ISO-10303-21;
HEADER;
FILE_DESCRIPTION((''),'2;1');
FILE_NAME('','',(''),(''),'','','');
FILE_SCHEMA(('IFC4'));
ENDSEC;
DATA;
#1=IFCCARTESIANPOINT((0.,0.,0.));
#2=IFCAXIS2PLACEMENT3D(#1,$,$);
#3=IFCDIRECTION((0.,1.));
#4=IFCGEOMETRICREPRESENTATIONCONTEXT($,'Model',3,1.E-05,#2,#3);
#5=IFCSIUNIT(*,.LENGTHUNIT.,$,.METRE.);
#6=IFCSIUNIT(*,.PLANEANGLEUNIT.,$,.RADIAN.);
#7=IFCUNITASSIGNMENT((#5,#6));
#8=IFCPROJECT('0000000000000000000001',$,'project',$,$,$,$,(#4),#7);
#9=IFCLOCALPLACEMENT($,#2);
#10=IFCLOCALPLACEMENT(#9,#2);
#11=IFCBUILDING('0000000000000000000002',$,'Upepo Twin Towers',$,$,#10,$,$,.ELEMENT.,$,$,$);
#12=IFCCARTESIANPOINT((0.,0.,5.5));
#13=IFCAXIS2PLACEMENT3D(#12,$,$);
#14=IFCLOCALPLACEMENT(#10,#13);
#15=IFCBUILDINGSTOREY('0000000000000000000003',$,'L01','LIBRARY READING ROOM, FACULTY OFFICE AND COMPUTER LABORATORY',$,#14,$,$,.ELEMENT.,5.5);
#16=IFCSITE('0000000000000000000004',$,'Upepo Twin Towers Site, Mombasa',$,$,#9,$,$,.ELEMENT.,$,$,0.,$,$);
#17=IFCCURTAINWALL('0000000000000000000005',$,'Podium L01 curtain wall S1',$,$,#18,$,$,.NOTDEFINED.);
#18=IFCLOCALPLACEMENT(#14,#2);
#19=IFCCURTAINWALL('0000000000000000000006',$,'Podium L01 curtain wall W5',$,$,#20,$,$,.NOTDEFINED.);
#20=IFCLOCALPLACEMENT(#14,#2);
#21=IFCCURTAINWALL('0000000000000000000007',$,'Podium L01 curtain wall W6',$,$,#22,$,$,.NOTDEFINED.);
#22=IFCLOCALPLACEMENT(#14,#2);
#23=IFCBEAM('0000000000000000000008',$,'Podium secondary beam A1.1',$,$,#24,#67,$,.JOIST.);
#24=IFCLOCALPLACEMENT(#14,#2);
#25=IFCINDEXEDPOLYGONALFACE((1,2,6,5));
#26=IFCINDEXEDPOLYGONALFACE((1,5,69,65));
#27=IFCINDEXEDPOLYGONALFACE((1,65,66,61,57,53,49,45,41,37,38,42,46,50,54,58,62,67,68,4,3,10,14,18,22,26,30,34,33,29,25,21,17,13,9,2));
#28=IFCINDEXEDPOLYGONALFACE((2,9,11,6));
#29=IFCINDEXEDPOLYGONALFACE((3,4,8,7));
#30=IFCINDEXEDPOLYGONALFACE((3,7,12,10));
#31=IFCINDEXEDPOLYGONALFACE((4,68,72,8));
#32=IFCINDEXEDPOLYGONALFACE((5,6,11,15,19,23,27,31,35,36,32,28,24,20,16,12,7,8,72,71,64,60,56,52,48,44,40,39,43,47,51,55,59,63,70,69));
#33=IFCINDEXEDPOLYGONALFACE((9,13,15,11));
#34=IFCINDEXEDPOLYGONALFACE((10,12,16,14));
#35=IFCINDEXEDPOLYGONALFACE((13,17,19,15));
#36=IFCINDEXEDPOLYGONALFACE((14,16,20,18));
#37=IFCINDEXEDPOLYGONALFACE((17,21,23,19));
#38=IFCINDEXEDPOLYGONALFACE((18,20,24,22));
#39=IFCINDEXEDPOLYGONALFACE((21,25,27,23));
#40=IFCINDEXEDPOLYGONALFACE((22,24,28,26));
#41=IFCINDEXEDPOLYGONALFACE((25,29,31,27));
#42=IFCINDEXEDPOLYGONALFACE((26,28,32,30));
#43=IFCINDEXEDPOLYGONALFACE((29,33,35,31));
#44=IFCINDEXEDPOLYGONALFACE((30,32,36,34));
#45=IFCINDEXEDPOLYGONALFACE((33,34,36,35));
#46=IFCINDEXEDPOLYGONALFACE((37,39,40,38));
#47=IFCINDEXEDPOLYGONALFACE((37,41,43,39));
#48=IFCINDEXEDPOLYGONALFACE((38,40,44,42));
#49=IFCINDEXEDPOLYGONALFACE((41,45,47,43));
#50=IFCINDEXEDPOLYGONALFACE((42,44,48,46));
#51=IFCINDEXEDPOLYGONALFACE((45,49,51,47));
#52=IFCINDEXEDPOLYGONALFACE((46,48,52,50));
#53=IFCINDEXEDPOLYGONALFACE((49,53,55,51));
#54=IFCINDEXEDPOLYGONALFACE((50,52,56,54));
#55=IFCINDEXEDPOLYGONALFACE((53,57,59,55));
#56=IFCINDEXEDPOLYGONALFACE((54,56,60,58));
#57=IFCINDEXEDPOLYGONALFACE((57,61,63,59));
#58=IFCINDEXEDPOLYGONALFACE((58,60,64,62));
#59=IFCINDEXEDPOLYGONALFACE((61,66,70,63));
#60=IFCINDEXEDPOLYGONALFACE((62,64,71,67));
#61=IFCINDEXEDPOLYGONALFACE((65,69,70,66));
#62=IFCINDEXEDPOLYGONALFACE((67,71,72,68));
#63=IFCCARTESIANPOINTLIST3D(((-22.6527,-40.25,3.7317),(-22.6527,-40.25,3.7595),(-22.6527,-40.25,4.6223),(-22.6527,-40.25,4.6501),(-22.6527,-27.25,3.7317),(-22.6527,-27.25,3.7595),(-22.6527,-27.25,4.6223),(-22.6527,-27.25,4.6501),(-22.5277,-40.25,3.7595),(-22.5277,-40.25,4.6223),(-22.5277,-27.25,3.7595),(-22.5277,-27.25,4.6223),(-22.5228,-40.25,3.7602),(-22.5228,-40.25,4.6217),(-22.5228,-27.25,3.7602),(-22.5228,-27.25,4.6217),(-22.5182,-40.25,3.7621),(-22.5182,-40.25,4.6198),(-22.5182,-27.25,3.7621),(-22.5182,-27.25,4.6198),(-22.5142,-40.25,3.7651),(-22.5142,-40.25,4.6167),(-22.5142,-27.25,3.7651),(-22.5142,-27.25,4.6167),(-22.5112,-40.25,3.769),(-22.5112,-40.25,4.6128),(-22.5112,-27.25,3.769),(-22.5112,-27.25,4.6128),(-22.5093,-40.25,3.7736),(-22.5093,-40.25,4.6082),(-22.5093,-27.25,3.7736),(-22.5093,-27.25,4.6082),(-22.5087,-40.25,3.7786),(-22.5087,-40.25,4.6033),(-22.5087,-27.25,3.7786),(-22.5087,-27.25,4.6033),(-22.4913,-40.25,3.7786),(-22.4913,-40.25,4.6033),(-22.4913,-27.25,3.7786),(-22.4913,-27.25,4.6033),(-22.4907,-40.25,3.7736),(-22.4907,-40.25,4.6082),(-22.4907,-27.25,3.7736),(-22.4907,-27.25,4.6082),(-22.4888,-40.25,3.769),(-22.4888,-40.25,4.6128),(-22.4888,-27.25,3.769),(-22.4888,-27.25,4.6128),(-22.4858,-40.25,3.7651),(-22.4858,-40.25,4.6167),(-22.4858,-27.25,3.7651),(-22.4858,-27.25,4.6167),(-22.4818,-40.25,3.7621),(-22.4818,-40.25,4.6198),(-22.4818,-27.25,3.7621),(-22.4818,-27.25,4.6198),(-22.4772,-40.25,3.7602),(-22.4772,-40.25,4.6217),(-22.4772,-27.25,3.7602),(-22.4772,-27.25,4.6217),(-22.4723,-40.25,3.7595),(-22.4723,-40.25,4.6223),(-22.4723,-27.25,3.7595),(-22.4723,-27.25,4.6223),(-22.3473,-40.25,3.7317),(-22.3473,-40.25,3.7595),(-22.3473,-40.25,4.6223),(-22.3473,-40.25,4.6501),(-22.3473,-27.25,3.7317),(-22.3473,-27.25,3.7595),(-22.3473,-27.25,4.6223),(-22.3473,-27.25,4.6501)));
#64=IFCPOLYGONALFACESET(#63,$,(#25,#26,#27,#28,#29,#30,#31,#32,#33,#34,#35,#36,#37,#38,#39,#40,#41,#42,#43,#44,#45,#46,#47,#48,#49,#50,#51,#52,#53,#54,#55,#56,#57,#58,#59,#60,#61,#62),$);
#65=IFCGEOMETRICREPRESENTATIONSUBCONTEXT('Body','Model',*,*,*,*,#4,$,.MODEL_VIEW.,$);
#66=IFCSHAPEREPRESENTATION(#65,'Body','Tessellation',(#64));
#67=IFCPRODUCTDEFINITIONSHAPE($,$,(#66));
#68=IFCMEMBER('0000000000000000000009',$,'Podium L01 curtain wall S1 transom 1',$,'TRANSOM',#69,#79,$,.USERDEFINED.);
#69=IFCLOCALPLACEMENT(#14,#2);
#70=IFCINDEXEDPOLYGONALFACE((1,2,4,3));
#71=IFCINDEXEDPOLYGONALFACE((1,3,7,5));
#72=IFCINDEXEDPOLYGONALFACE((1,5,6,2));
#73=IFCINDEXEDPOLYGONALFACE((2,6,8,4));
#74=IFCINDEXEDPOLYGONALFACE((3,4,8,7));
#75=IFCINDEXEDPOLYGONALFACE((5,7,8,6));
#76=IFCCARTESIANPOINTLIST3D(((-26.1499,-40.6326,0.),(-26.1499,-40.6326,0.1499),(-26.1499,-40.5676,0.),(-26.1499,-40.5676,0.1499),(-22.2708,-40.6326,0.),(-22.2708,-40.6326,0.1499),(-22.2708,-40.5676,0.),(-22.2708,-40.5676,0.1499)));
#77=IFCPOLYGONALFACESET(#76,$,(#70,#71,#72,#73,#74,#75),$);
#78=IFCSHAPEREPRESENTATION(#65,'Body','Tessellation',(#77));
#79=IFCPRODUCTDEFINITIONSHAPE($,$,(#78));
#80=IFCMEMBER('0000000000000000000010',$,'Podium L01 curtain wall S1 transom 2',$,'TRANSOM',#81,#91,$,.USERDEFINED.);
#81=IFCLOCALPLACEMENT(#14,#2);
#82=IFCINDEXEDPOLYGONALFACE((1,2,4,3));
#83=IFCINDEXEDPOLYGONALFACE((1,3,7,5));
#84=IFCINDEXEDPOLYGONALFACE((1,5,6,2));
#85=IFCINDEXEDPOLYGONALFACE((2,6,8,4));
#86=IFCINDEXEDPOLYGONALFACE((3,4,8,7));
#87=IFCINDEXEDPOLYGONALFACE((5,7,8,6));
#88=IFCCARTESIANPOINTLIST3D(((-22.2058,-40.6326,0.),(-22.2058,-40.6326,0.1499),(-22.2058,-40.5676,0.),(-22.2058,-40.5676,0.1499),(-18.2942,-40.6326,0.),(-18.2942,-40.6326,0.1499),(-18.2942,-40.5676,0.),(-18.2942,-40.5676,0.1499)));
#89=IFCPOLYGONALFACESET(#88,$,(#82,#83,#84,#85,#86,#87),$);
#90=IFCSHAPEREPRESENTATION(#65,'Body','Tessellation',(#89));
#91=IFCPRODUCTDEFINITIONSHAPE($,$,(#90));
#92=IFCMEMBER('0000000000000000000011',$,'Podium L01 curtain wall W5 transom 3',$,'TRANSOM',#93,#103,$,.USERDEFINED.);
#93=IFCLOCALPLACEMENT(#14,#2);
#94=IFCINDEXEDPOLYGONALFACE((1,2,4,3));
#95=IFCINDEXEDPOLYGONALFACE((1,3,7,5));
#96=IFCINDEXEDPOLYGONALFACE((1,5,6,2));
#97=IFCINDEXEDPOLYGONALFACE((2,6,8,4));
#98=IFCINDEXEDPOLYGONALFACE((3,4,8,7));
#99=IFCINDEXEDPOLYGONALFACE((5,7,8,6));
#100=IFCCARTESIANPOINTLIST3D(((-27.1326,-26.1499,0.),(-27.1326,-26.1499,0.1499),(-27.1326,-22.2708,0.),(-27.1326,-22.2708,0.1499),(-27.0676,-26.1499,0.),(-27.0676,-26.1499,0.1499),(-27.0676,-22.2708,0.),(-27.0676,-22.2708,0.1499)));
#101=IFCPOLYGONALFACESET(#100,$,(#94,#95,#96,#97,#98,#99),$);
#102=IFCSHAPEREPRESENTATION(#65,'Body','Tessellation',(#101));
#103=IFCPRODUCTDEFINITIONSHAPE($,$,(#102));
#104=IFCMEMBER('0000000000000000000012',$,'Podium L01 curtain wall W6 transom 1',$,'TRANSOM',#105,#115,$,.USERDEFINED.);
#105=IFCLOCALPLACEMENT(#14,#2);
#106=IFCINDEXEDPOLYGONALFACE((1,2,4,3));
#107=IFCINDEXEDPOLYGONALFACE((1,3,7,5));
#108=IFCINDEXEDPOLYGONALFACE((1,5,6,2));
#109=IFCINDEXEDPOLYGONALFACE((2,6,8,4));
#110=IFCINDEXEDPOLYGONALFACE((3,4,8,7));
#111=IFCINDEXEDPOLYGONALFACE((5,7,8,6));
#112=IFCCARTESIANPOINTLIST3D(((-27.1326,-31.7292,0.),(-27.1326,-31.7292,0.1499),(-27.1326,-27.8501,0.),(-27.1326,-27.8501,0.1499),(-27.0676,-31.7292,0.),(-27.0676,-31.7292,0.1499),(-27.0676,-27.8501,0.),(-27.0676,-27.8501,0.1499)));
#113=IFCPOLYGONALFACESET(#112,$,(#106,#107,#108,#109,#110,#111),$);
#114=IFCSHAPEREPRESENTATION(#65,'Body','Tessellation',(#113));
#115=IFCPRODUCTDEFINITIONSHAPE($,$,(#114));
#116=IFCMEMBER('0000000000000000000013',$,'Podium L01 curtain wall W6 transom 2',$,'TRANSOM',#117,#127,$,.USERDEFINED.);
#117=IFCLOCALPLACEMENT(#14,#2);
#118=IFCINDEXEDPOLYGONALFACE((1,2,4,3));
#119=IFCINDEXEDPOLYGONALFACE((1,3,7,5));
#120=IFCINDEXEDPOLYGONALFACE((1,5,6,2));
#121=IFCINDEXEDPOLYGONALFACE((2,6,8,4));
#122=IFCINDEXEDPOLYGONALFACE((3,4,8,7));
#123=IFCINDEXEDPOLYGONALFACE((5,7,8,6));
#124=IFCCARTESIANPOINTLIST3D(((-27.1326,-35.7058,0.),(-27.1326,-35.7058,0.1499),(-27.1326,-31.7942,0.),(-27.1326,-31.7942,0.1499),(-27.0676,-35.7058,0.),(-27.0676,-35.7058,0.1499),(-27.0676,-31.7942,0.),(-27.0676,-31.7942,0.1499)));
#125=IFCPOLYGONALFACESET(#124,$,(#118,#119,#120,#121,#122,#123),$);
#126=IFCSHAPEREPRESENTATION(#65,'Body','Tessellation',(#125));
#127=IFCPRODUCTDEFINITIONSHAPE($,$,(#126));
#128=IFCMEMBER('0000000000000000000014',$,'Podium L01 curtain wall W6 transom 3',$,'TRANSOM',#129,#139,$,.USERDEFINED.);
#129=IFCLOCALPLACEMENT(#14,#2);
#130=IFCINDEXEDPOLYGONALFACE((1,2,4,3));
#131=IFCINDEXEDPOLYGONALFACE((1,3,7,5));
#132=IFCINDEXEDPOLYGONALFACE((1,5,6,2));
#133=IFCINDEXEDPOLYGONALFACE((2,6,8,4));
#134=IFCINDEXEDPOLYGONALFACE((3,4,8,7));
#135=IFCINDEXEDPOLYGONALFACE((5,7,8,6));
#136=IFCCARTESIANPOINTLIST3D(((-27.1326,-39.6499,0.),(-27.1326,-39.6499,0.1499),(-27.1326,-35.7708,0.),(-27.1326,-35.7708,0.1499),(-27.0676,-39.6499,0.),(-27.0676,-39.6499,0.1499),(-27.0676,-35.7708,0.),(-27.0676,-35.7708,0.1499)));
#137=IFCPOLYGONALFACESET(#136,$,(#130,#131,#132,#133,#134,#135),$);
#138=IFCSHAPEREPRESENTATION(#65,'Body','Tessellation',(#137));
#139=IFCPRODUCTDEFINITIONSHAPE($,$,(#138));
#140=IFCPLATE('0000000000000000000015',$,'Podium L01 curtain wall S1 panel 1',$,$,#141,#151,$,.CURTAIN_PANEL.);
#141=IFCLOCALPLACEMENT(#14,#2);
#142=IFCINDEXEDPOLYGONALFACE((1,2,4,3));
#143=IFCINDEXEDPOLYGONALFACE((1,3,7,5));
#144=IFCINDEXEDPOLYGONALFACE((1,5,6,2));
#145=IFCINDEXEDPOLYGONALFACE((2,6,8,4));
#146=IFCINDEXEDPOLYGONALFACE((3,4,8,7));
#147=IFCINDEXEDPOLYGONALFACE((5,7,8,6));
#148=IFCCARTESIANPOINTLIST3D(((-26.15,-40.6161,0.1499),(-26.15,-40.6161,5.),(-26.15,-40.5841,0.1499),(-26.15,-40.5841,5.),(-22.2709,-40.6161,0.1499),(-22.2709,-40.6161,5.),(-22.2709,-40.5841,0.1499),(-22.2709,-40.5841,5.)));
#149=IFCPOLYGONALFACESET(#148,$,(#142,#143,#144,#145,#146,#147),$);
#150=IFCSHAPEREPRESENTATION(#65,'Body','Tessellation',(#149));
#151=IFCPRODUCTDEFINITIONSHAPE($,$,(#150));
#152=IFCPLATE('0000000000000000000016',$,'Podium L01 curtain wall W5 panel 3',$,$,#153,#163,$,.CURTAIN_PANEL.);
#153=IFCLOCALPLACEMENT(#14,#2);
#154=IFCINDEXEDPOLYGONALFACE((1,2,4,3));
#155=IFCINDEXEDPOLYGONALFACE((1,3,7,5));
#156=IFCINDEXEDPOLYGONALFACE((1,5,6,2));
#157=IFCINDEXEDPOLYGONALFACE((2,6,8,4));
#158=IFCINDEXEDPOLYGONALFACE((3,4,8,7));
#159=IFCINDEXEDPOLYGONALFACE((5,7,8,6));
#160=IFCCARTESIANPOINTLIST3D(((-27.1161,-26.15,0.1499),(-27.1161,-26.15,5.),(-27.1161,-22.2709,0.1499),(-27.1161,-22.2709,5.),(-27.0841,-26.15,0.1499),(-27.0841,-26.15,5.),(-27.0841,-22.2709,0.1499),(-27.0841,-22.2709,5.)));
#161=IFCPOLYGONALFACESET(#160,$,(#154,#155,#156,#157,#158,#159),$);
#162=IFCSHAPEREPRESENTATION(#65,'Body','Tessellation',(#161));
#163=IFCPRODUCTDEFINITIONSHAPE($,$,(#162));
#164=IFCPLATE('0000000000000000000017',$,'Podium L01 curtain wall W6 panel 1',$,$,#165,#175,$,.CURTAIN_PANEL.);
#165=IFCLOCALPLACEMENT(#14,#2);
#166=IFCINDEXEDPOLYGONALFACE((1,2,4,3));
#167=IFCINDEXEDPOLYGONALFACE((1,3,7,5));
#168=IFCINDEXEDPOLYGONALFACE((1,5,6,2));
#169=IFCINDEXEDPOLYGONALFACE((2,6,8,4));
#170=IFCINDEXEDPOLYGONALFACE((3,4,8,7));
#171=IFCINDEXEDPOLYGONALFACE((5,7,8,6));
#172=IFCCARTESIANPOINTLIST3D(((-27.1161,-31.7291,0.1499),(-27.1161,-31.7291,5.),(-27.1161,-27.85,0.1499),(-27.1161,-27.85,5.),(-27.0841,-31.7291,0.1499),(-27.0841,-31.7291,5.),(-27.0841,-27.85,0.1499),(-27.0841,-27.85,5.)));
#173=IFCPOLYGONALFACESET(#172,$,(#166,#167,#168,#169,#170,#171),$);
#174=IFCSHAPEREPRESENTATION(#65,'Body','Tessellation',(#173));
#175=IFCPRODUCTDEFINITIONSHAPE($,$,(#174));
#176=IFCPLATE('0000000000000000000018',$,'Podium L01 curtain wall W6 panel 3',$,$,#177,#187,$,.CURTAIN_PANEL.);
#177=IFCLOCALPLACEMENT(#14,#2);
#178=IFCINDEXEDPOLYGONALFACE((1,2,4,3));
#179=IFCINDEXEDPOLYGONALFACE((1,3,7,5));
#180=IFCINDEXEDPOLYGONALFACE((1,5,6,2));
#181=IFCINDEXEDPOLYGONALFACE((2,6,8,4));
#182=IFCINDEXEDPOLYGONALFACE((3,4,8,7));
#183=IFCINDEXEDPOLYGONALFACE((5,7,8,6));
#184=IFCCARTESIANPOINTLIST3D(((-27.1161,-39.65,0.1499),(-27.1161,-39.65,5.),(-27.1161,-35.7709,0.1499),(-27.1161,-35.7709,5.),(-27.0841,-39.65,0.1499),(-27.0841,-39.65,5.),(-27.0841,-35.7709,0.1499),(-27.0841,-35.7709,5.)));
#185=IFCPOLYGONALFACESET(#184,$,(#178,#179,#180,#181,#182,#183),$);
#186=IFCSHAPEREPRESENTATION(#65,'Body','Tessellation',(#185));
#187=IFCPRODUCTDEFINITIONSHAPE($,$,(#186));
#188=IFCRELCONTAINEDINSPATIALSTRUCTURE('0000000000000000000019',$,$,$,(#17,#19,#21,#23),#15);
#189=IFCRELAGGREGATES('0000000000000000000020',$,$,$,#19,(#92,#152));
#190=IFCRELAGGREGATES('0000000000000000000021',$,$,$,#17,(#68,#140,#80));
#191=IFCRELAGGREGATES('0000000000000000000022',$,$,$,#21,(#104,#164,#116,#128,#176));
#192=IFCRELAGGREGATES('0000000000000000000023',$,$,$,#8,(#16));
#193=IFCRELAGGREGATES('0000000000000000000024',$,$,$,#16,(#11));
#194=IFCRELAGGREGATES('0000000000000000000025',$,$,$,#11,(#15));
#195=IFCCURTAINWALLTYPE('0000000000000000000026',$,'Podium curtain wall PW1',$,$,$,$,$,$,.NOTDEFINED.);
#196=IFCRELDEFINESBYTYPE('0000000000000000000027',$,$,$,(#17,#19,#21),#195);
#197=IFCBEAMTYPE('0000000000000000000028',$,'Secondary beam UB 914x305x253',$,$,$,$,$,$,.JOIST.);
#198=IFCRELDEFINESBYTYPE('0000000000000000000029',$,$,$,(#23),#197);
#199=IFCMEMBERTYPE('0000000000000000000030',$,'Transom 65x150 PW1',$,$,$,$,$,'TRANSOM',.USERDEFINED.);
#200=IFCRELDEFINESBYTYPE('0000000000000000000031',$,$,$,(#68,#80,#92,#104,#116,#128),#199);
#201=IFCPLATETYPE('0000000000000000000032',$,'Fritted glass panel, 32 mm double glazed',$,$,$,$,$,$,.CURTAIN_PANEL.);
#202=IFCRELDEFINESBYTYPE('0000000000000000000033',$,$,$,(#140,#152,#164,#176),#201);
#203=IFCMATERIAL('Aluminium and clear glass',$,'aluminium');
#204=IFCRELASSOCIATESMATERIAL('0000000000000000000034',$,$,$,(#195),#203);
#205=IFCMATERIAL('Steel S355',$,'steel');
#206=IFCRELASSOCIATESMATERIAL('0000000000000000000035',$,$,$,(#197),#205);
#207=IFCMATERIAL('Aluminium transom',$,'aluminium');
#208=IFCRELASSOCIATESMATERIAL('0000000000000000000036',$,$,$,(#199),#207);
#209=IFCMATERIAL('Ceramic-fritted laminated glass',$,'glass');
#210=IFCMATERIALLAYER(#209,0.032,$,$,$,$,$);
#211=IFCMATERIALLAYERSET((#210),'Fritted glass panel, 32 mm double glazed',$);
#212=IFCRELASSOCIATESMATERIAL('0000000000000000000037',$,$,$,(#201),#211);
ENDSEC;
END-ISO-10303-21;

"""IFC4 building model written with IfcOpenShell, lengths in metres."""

from ifc_helpers import new_model, si_unit, direction, frame, origin, origin_2d, place, context, subcontext, project, spatial, rectangle, i_section, extrude, material, layer, layer_set, material_profile, profile_set, type_object, element, aggregate, save


model = new_model("IFC4")

# Units and contexts
model_context = context("Model", 3, precision=1e-05, world=origin(), true_north=direction((0.0, 1.0)))
body_context = subcontext(model_context, "Body", "Model", "MODEL_VIEW")
ifc_project = project(units=[si_unit("LENGTHUNIT", "METRE"), si_unit("PLANEANGLEUNIT", "RADIAN")], contexts=[model_context])

# Site, building, storey
site_placement = place(None, origin())
site = spatial("IfcSite", under=ifc_project, at=site_placement, Name="Upepo Twin Towers Site, Mombasa", CompositionType="ELEMENT", RefElevation=0.0)
building_placement = place(site_placement, origin())
building = spatial("IfcBuilding", under=site, at=building_placement, Name="Upepo Twin Towers", CompositionType="ELEMENT")
storey_placement = place(building_placement, frame((0.0, 0.0, 5.5)))
storey = spatial("IfcBuildingStorey", under=building, at=storey_placement, Name="L01", Description="LIBRARY READING ROOM, FACULTY OFFICE AND COMPUTER LABORATORY", CompositionType="ELEMENT", Elevation=5.5)

# Curtain wall
ifc_material_1 = material(Name="Aluminium and clear glass", Category="aluminium")
curtain_wall_type = type_object("IfcCurtainWallType", Name="Podium curtain wall PW1", PredefinedType="NOTDEFINED", material=ifc_material_1)
curtain_wall_1_placement = place(storey_placement, origin())
curtain_wall_1 = element("IfcCurtainWall", 1, at=curtain_wall_1_placement, inside=storey, type_object=curtain_wall_type, Name="Podium L01 curtain wall S1", PredefinedType="NOTDEFINED")

# Curtain wall
curtain_wall_2_placement = place(storey_placement, origin())
curtain_wall_2 = element("IfcCurtainWall", 2, at=curtain_wall_2_placement, inside=storey, type_object=curtain_wall_type, Name="Podium L01 curtain wall W5", PredefinedType="NOTDEFINED")

# Curtain wall
curtain_wall_3_placement = place(storey_placement, origin())
curtain_wall_3 = element("IfcCurtainWall", 3, at=curtain_wall_3_placement, inside=storey, type_object=curtain_wall_type, Name="Podium L01 curtain wall W6", PredefinedType="NOTDEFINED")

# Beam
ifc_material_2 = material(Name="Steel S355", Category="steel")
ifc_material_profile_1 = material_profile(ifc_material_2, i_section(OverallWidth=0.3054, OverallDepth=0.9185, WebThickness=0.0173, FlangeThickness=0.0278, FilletRadius=0.019, at=origin_2d()), Name="UB 914x305x253")
ifc_profile_set_1 = profile_set([ifc_material_profile_1], Name="Steel S355")
beam_type_1 = type_object("IfcBeamType", Name="Secondary beam UB 914x305x253", PredefinedType="JOIST", material=ifc_profile_set_1)
beam_placement = place(storey_placement, frame((-22.5, -40.25, 4.1909), z_axis=(0.0, 1.0, 0.0), x_axis=(-1.0, 0.0, 0.0)))
element("IfcBeam", 4, at=beam_placement, inside=storey, type_object=beam_type_1, Name="Podium secondary beam A1.1", PredefinedType="JOIST", context=body_context, shape_type="SweptSolid", body=[
    extrude(i_section(OverallWidth=0.3054, OverallDepth=0.9185, WebThickness=0.0173, FlangeThickness=0.0278, FilletRadius=0.019, at=origin_2d()), origin(), (0.0, 0.0, 1.0), 13.0),
])

# Members
ifc_material_3 = material(Name="Aluminium transom", Category="aluminium")
ifc_material_profile_2 = material_profile(ifc_material_3, rectangle(XDim=0.0649, YDim=0.1499, at=origin_2d()), Name="TRANSOM 65x150 PODIUM")
ifc_profile_set_2 = profile_set([ifc_material_profile_2], Name="Aluminium transom")
member_type_1 = type_object("IfcMemberType", Name="Transom 65x150 PW1", ElementType="TRANSOM", PredefinedType="USERDEFINED", material=ifc_profile_set_2)
member_1_placement = place(storey_placement, frame((-26.1499, -40.6001, 0.075), z_axis=(1.0, 0.0, 0.0), x_axis=(0.0, 1.0, 0.0)))
member_1 = element("IfcMember", 5, at=member_1_placement, type_object=member_type_1, Name="Podium L01 curtain wall S1 transom 1", ObjectType="TRANSOM", PredefinedType="USERDEFINED", context=body_context, shape_type="SweptSolid", body=[
    extrude(rectangle(XDim=0.0649, YDim=0.1499, at=origin_2d()), origin(), (0.0, 0.0, 1.0), 3.8792),
])
member_2_placement = place(storey_placement, frame((-22.2058, -40.6001, 0.075), z_axis=(1.0, 0.0, 0.0), x_axis=(0.0, 1.0, 0.0)))
member_2 = element("IfcMember", 6, at=member_2_placement, type_object=member_type_1, Name="Podium L01 curtain wall S1 transom 2", ObjectType="TRANSOM", PredefinedType="USERDEFINED", context=body_context, shape_type="SweptSolid", body=[
    extrude(rectangle(XDim=0.0649, YDim=0.1499, at=origin_2d()), origin(), (0.0, 0.0, 1.0), 3.9116),
])
member_3_placement = place(storey_placement, frame((-27.1001, -22.2708, 0.075), z_axis=(0.0, -1.0, 0.0), x_axis=(1.0, 0.0, 0.0)))
member_3 = element("IfcMember", 7, at=member_3_placement, type_object=member_type_1, Name="Podium L01 curtain wall W5 transom 3", ObjectType="TRANSOM", PredefinedType="USERDEFINED", context=body_context, shape_type="SweptSolid", body=[
    extrude(rectangle(XDim=0.0649, YDim=0.1499, at=origin_2d()), origin(), (0.0, 0.0, 1.0), 3.8792),
])
member_4_placement = place(storey_placement, frame((-27.1001, -27.8501, 0.075), z_axis=(0.0, -1.0, 0.0), x_axis=(1.0, 0.0, 0.0)))
member_4 = element("IfcMember", 8, at=member_4_placement, type_object=member_type_1, Name="Podium L01 curtain wall W6 transom 1", ObjectType="TRANSOM", PredefinedType="USERDEFINED", context=body_context, shape_type="SweptSolid", body=[
    extrude(rectangle(XDim=0.0649, YDim=0.1499, at=origin_2d()), origin(), (0.0, 0.0, 1.0), 3.8792),
])
member_5_placement = place(storey_placement, frame((-27.1001, -31.7942, 0.075), z_axis=(0.0, -1.0, 0.0), x_axis=(1.0, 0.0, 0.0)))
member_5 = element("IfcMember", 9, at=member_5_placement, type_object=member_type_1, Name="Podium L01 curtain wall W6 transom 2", ObjectType="TRANSOM", PredefinedType="USERDEFINED", context=body_context, shape_type="SweptSolid", body=[
    extrude(rectangle(XDim=0.0649, YDim=0.1499, at=origin_2d()), origin(), (0.0, 0.0, 1.0), 3.9116),
])
member_6_placement = place(storey_placement, frame((-27.1001, -35.7708, 0.075), z_axis=(0.0, -1.0, 0.0), x_axis=(1.0, 0.0, 0.0)))
member_6 = element("IfcMember", 10, at=member_6_placement, type_object=member_type_1, Name="Podium L01 curtain wall W6 transom 3", ObjectType="TRANSOM", PredefinedType="USERDEFINED", context=body_context, shape_type="SweptSolid", body=[
    extrude(rectangle(XDim=0.0649, YDim=0.1499, at=origin_2d()), origin(), (0.0, 0.0, 1.0), 3.8792),
])

# Plates
ifc_material_4 = material(Name="Ceramic-fritted laminated glass", Category="glass")
ifc_layer_1 = layer(ifc_material_4, 0.032)
ifc_layer_set_1 = layer_set([ifc_layer_1], Name="Fritted glass panel, 32 mm double glazed")
plate_type_1 = type_object("IfcPlateType", Name="Fritted glass panel, 32 mm double glazed", PredefinedType="CURTAIN_PANEL", material=ifc_layer_set_1)
plate_1_placement = place(storey_placement, frame((-24.2104, -40.6001, 0.1499), z_axis=(0.0, 0.0, 1.0), x_axis=(1.0, 0.0, 0.0)))
plate_1 = element("IfcPlate", 11, at=plate_1_placement, type_object=plate_type_1, Name="Podium L01 curtain wall S1 panel 1", PredefinedType="CURTAIN_PANEL", context=body_context, shape_type="SweptSolid", body=[
    extrude(rectangle(XDim=3.8792, YDim=0.032, at=origin_2d()), origin(), (0.0, 0.0, 1.0), 4.8501),
])
plate_2_placement = place(storey_placement, frame((-27.1001, -24.2104, 0.1499), z_axis=(0.0, 0.0, 1.0), x_axis=(0.0, -1.0, 0.0)))
plate_2 = element("IfcPlate", 12, at=plate_2_placement, type_object=plate_type_1, Name="Podium L01 curtain wall W5 panel 3", PredefinedType="CURTAIN_PANEL", context=body_context, shape_type="SweptSolid", body=[
    extrude(rectangle(XDim=3.8792, YDim=0.032, at=origin_2d()), origin(), (0.0, 0.0, 1.0), 4.8501),
])
aggregate(curtain_wall_2, [member_3, plate_2])
plate_3_placement = place(storey_placement, frame((-27.1001, -29.7896, 0.1499), z_axis=(0.0, 0.0, 1.0), x_axis=(0.0, -1.0, 0.0)))
plate_3 = element("IfcPlate", 13, at=plate_3_placement, type_object=plate_type_1, Name="Podium L01 curtain wall W6 panel 1", PredefinedType="CURTAIN_PANEL", context=body_context, shape_type="SweptSolid", body=[
    extrude(rectangle(XDim=3.8792, YDim=0.032, at=origin_2d()), origin(), (0.0, 0.0, 1.0), 4.8501),
])
plate_4_placement = place(storey_placement, frame((-27.1001, -37.7104, 0.1499), z_axis=(0.0, 0.0, 1.0), x_axis=(0.0, -1.0, 0.0)))
plate_4 = element("IfcPlate", 14, at=plate_4_placement, type_object=plate_type_1, Name="Podium L01 curtain wall W6 panel 3", PredefinedType="CURTAIN_PANEL", context=body_context, shape_type="SweptSolid", body=[
    extrude(rectangle(XDim=3.8792, YDim=0.032, at=origin_2d()), origin(), (0.0, 0.0, 1.0), 4.8501),
])
aggregate(curtain_wall_1, [member_1, plate_1, member_2])
aggregate(curtain_wall_3, [member_4, plate_3, member_5, member_6, plate_4])

save(model, "model.ifc")
